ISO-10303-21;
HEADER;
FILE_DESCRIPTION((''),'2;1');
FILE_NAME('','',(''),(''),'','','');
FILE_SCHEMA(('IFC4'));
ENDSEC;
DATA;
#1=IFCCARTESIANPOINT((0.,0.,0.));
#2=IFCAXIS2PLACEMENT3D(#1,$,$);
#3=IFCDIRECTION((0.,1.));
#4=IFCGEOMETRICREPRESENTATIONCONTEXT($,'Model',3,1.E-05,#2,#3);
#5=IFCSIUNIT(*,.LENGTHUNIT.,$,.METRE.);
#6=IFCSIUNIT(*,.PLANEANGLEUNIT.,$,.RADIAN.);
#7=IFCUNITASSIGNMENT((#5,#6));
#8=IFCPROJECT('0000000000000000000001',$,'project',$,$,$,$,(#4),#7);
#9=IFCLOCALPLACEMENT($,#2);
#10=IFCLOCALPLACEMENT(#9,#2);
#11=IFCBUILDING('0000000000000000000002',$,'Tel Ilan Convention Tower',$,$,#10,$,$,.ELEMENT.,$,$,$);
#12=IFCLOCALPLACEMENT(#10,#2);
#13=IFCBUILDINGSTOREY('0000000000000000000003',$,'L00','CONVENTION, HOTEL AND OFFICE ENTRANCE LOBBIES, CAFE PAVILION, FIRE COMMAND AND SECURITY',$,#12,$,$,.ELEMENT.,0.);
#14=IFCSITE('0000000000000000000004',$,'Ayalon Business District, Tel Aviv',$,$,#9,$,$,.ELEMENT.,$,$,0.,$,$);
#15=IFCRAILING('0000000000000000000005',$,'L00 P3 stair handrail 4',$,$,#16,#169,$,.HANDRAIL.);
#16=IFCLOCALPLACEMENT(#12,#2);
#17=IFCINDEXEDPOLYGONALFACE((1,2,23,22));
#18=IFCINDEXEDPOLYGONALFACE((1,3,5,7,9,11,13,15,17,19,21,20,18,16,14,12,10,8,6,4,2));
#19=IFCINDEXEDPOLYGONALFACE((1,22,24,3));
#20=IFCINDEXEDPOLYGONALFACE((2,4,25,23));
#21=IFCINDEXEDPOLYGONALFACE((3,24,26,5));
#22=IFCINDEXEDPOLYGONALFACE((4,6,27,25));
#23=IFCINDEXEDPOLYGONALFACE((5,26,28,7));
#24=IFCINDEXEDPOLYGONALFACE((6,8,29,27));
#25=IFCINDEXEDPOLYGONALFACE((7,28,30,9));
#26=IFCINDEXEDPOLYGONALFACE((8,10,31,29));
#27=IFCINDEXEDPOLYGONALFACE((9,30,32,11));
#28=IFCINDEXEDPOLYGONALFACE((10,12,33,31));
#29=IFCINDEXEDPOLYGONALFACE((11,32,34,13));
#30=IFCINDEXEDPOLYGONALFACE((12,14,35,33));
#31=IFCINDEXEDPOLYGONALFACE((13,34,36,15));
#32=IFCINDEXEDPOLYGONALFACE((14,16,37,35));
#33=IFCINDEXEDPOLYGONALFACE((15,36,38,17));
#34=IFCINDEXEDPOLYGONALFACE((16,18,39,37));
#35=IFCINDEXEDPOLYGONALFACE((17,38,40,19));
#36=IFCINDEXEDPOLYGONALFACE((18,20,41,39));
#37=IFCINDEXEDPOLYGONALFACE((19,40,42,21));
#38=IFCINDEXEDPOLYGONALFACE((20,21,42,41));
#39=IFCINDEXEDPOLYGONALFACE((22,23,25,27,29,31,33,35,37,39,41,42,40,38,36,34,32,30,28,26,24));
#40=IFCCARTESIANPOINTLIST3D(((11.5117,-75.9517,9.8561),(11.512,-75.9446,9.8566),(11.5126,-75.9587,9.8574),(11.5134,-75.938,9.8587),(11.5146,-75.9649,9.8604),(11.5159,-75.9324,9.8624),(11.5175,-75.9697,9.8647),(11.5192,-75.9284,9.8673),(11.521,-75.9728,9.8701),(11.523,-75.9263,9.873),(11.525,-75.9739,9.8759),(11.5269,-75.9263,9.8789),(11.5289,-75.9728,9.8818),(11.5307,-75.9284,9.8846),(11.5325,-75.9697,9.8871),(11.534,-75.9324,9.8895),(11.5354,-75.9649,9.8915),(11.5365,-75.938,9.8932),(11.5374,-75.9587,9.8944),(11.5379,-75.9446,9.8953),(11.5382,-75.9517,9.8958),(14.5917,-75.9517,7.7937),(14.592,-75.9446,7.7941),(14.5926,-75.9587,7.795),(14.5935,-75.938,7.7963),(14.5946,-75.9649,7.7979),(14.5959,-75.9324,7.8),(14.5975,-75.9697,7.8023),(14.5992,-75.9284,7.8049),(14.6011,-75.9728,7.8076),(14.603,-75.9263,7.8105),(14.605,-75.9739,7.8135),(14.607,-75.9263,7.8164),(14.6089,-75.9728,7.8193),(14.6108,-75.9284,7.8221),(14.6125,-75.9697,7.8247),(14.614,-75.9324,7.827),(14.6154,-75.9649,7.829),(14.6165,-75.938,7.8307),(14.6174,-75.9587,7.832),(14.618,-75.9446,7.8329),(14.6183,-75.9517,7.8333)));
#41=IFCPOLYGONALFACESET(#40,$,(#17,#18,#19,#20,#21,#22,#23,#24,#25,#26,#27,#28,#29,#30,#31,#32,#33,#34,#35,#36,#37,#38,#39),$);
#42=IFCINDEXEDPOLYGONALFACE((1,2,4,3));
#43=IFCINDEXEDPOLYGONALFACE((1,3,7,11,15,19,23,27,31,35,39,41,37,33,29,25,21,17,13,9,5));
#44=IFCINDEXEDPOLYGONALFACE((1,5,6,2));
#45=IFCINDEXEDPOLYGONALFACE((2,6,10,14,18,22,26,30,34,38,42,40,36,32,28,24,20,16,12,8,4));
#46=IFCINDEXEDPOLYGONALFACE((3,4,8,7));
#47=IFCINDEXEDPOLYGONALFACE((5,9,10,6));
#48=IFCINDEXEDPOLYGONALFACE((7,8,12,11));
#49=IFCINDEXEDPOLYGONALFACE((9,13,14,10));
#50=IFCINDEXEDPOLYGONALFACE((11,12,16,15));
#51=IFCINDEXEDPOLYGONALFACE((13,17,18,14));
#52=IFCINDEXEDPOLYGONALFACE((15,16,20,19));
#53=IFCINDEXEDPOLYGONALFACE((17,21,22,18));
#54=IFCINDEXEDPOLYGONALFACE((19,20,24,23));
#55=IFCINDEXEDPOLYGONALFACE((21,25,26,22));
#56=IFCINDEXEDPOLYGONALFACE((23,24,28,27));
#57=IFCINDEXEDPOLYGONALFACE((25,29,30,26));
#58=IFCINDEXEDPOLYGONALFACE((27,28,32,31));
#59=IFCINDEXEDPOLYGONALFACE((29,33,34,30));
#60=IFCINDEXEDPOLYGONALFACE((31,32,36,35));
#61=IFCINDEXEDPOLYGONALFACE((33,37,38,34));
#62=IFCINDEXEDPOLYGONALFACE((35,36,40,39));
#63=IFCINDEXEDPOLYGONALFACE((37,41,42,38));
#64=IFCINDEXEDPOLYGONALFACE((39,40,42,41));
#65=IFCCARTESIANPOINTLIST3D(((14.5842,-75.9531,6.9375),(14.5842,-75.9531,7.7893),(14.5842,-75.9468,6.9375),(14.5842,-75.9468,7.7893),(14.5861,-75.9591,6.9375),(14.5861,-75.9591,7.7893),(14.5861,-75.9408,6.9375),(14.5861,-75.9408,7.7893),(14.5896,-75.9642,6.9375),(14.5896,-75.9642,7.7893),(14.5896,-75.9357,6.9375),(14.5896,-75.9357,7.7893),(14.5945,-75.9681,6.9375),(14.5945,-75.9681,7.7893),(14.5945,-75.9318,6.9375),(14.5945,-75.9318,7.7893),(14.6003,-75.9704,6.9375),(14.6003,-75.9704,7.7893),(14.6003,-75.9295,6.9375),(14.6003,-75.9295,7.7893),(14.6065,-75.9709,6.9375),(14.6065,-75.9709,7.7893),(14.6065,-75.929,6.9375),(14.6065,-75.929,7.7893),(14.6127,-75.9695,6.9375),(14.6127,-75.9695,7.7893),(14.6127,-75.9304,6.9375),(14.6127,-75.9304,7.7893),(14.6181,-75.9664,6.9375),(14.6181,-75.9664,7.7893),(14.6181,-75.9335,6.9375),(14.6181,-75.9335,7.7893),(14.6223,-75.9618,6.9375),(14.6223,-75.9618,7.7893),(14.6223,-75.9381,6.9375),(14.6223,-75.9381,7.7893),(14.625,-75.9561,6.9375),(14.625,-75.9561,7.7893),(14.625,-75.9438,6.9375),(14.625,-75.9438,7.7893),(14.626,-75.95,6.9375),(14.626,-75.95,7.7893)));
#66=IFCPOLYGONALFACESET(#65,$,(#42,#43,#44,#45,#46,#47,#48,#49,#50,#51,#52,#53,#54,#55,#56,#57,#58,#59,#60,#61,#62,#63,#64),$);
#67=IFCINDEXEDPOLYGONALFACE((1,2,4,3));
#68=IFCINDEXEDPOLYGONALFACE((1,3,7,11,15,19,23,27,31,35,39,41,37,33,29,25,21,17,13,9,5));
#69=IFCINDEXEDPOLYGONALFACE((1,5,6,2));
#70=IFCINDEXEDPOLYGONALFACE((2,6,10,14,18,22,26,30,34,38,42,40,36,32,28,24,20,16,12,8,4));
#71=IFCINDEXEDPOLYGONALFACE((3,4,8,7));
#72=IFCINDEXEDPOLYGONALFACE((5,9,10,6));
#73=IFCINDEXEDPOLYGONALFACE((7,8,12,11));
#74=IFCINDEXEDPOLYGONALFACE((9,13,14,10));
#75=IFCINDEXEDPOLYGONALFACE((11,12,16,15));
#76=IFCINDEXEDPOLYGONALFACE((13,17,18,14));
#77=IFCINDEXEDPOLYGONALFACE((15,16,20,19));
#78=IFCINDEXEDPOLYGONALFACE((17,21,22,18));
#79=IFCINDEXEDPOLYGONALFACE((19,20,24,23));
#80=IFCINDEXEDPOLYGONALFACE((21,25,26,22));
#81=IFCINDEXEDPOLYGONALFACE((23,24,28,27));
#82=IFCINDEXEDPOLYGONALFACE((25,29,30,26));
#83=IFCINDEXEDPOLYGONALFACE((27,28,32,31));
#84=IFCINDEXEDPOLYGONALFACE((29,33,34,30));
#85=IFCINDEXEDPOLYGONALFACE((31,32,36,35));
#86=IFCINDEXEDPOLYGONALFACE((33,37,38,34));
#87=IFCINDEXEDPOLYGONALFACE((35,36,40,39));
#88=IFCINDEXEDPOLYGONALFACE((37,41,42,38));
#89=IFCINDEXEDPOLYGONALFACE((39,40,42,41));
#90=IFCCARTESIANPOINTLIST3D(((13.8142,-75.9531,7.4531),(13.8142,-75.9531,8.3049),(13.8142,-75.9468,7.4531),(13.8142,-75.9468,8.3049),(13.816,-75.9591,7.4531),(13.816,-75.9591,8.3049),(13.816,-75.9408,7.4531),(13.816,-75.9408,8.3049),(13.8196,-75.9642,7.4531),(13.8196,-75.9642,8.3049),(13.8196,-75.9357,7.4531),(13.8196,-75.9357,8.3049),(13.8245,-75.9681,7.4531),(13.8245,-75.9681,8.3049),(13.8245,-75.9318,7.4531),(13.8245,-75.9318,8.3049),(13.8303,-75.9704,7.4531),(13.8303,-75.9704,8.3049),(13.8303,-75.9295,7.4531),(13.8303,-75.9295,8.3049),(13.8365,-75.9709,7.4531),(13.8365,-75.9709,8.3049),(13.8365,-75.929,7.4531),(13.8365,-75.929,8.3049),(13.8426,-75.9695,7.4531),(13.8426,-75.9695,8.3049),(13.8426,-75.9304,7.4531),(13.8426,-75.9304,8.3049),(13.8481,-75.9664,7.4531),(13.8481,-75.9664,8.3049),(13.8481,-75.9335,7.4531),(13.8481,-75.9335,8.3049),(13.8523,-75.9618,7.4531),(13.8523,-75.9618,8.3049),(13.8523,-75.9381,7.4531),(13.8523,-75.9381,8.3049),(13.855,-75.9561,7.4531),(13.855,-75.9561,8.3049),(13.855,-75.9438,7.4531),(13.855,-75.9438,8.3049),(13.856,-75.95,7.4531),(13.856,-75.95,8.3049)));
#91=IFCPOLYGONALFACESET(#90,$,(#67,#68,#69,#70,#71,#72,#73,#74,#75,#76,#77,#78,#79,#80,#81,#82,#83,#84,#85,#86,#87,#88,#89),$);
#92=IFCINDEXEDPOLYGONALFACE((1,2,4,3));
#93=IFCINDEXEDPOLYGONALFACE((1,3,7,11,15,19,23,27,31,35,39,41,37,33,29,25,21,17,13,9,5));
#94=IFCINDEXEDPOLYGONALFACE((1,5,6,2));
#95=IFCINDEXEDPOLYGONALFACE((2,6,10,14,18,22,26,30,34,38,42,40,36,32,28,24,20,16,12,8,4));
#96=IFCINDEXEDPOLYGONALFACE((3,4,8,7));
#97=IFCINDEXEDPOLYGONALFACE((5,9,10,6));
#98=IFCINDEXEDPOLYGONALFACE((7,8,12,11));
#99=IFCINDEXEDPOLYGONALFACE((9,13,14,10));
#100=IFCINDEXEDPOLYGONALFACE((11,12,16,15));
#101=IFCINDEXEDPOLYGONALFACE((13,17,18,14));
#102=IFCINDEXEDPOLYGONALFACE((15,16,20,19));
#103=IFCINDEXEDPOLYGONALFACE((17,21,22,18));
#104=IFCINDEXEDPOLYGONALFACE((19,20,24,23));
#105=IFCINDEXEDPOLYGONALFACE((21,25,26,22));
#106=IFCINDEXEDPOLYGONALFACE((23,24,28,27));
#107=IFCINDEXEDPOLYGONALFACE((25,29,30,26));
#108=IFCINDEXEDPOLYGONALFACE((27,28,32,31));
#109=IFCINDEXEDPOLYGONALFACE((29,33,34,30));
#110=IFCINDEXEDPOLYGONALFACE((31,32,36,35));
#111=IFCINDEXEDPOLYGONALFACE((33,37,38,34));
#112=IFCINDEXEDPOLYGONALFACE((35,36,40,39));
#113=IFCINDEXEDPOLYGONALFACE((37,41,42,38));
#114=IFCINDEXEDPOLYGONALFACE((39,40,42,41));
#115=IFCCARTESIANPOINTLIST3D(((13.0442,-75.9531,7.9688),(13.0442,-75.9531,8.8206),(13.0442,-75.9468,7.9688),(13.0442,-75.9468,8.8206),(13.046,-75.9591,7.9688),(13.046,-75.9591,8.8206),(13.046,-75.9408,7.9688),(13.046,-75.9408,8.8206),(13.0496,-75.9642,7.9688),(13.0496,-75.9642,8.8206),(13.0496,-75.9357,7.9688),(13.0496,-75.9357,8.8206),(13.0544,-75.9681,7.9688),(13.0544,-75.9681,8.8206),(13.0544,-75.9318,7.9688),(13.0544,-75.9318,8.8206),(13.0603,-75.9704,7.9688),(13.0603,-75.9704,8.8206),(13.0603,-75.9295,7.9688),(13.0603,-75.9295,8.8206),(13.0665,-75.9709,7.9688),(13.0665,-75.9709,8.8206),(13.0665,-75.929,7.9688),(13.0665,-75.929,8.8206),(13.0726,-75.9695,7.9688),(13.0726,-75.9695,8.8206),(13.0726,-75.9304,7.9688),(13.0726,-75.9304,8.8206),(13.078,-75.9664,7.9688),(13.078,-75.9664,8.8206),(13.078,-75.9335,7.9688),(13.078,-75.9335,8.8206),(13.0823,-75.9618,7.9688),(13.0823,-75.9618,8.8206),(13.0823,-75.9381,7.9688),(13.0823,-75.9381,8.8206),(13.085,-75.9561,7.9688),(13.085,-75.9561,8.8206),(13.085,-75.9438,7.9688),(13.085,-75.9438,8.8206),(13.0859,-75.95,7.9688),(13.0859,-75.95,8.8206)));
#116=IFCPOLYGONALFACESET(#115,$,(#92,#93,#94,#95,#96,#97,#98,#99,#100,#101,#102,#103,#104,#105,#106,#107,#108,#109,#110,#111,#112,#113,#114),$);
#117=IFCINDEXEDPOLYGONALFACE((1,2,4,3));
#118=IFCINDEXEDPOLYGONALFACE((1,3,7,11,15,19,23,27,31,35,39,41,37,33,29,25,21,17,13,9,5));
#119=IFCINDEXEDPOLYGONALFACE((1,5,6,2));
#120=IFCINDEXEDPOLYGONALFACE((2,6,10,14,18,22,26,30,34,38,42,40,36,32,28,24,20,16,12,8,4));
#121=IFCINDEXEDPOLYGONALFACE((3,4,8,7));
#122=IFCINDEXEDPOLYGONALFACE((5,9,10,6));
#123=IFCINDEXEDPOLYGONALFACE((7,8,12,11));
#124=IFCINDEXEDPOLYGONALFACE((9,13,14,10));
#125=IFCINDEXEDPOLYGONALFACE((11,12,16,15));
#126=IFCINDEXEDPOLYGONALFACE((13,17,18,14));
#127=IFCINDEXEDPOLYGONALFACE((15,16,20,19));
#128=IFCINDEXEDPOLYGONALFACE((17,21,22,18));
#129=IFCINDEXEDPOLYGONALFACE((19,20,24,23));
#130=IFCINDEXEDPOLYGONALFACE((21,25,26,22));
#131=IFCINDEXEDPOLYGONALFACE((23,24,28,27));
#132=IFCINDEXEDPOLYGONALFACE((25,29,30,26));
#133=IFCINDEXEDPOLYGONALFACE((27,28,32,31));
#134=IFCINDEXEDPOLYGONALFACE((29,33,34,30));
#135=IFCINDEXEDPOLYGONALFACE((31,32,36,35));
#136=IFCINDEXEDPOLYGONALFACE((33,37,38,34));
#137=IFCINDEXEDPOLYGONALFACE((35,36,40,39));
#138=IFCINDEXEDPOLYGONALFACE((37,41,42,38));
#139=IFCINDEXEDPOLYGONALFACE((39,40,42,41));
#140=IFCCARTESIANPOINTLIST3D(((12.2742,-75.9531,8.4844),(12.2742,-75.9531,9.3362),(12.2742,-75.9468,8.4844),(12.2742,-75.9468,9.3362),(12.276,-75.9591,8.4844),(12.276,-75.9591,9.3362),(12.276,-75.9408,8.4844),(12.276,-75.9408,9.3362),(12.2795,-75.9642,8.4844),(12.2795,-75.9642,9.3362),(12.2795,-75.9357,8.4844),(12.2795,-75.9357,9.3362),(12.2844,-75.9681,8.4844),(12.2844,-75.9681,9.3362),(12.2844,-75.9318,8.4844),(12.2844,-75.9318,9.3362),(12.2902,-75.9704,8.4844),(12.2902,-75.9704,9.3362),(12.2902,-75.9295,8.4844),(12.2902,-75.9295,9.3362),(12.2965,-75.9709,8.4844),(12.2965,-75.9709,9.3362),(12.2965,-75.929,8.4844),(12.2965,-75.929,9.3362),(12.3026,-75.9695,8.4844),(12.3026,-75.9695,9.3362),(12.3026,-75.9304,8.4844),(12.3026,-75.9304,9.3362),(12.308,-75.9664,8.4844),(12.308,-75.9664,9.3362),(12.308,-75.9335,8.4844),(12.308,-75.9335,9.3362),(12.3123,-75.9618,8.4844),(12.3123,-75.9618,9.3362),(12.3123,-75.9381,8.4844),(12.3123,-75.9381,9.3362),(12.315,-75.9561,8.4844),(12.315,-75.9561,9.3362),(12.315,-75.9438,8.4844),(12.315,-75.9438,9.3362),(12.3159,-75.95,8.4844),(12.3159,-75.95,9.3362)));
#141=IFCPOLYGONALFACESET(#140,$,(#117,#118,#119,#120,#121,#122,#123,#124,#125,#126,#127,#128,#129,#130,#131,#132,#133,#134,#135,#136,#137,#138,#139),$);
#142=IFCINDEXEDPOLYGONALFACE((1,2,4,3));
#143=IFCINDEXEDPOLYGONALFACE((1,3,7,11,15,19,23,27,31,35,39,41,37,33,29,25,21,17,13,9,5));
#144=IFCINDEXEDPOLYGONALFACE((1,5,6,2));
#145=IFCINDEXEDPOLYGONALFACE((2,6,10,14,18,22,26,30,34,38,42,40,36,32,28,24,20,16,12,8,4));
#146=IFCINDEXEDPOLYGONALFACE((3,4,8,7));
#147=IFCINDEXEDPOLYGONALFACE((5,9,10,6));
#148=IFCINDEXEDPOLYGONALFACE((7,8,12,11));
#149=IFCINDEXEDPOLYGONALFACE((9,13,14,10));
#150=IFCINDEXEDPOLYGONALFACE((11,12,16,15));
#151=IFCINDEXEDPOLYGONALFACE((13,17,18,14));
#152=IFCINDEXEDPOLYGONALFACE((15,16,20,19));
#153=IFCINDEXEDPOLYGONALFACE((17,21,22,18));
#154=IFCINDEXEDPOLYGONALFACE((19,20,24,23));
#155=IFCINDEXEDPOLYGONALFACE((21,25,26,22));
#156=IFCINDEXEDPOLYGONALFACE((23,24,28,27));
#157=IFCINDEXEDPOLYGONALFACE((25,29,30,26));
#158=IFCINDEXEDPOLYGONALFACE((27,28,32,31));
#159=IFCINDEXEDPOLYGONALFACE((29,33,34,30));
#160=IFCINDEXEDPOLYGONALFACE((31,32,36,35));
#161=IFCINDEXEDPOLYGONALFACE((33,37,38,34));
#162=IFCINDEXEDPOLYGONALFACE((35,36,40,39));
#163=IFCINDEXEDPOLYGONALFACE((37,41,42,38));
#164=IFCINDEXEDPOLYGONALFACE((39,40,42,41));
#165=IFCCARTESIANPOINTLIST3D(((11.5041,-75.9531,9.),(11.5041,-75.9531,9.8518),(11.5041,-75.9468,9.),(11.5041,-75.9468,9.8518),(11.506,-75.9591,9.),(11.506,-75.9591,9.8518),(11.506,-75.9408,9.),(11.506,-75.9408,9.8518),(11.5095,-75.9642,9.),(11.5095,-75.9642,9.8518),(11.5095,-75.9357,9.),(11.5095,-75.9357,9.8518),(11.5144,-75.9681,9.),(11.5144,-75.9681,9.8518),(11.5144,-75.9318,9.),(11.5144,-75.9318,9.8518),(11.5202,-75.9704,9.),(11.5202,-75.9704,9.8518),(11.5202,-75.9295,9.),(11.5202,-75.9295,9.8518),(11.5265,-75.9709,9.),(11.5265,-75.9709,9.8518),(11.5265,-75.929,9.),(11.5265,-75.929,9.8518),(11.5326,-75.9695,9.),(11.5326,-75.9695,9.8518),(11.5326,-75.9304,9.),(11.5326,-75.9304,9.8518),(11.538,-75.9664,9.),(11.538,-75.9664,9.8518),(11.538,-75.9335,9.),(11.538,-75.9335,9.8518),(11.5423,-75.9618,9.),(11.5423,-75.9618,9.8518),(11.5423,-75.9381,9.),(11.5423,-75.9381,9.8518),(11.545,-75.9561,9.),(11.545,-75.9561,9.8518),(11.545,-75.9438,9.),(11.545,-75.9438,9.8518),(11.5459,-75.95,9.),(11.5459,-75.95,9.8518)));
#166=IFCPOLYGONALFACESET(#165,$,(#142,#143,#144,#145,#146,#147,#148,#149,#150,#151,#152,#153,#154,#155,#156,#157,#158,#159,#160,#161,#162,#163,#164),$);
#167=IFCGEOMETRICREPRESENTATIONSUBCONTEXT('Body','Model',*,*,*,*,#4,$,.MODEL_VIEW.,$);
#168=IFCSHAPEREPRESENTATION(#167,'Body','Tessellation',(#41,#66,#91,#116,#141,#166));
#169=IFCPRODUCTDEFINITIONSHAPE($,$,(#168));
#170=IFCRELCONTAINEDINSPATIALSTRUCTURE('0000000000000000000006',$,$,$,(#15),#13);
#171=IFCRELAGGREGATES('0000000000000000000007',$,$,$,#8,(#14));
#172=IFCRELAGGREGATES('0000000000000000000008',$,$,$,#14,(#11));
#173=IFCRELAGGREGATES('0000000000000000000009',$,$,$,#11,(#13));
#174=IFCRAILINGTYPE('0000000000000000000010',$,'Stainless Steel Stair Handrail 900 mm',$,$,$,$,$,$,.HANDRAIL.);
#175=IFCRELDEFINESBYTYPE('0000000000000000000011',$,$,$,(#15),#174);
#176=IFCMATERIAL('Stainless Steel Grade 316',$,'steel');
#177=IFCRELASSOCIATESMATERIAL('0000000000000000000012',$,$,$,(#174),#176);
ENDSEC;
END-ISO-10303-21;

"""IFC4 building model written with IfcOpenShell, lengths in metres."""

from ifc_helpers import new_model, si_unit, direction, frame, origin, origin_2d, place, context, subcontext, project, spatial, circle, extrude, material, type_object, element, save


model = new_model("IFC4")

# Units and contexts
model_context = context("Model", 3, precision=1e-05, world=origin(), true_north=direction((0.0, 1.0)))
body_context = subcontext(model_context, "Body", "Model", "MODEL_VIEW")
ifc_project = project(units=[si_unit("LENGTHUNIT", "METRE"), si_unit("PLANEANGLEUNIT", "RADIAN")], contexts=[model_context])

# Site, building, storey
site_placement = place(None, origin())
site = spatial("IfcSite", under=ifc_project, at=site_placement, Name="Ayalon Business District, Tel Aviv", CompositionType="ELEMENT", RefElevation=0.0)
building_placement = place(site_placement, origin())
building = spatial("IfcBuilding", under=site, at=building_placement, Name="Tel Ilan Convention Tower", CompositionType="ELEMENT")
storey_placement = place(building_placement, origin())
storey = spatial("IfcBuildingStorey", under=building, at=storey_placement, Name="L00", Description="CONVENTION, HOTEL AND OFFICE ENTRANCE LOBBIES, CAFE PAVILION, FIRE COMMAND AND SECURITY", CompositionType="ELEMENT", Elevation=0.0)

# Railing
ifc_material_1 = material(Name="Stainless Steel Grade 316", Category="steel")
railing_type_1 = type_object("IfcRailingType", Name="Stainless Steel Stair Handrail 900 mm", PredefinedType="HANDRAIL", material=ifc_material_1)
for number, where, name in (
    (1, (14.605, -75.95, 6.9375), "L00 P3 stair handrail 4"),
):
    element("IfcRailing", number, at=place(storey_placement, frame(where)), inside=storey, type_object=railing_type_1, Name=name, PredefinedType="HANDRAIL", context=body_context, shape_type="SweptSolid", body=[
        extrude(circle(Radius=0.0239, at=origin_2d()), frame((0.0, 0.0, 0.876), z_axis=(-0.830914, 0.0, 0.556401), x_axis=(0.0, -1.0, 0.0)), (0.0, 0.0, 1.0), 3.7068),
        extrude(circle(Radius=0.021, at=origin_2d()), origin(), (0.0, 0.0, 1.0), 0.8518),
        extrude(circle(Radius=0.021, at=origin_2d()), frame((-0.77, 0.0, 0.5156)), (0.0, 0.0, 1.0), 0.8518),
        extrude(circle(Radius=0.021, at=origin_2d()), frame((-1.54, 0.0, 1.0312)), (0.0, 0.0, 1.0), 0.8518),
        extrude(circle(Radius=0.021, at=origin_2d()), frame((-2.3101, 0.0, 1.5469)), (0.0, 0.0, 1.0), 0.8518),
        extrude(circle(Radius=0.021, at=origin_2d()), frame((-3.0801, 0.0, 2.0625)), (0.0, 0.0, 1.0), 0.8518),
    ])

save(model, "model.ifc")
